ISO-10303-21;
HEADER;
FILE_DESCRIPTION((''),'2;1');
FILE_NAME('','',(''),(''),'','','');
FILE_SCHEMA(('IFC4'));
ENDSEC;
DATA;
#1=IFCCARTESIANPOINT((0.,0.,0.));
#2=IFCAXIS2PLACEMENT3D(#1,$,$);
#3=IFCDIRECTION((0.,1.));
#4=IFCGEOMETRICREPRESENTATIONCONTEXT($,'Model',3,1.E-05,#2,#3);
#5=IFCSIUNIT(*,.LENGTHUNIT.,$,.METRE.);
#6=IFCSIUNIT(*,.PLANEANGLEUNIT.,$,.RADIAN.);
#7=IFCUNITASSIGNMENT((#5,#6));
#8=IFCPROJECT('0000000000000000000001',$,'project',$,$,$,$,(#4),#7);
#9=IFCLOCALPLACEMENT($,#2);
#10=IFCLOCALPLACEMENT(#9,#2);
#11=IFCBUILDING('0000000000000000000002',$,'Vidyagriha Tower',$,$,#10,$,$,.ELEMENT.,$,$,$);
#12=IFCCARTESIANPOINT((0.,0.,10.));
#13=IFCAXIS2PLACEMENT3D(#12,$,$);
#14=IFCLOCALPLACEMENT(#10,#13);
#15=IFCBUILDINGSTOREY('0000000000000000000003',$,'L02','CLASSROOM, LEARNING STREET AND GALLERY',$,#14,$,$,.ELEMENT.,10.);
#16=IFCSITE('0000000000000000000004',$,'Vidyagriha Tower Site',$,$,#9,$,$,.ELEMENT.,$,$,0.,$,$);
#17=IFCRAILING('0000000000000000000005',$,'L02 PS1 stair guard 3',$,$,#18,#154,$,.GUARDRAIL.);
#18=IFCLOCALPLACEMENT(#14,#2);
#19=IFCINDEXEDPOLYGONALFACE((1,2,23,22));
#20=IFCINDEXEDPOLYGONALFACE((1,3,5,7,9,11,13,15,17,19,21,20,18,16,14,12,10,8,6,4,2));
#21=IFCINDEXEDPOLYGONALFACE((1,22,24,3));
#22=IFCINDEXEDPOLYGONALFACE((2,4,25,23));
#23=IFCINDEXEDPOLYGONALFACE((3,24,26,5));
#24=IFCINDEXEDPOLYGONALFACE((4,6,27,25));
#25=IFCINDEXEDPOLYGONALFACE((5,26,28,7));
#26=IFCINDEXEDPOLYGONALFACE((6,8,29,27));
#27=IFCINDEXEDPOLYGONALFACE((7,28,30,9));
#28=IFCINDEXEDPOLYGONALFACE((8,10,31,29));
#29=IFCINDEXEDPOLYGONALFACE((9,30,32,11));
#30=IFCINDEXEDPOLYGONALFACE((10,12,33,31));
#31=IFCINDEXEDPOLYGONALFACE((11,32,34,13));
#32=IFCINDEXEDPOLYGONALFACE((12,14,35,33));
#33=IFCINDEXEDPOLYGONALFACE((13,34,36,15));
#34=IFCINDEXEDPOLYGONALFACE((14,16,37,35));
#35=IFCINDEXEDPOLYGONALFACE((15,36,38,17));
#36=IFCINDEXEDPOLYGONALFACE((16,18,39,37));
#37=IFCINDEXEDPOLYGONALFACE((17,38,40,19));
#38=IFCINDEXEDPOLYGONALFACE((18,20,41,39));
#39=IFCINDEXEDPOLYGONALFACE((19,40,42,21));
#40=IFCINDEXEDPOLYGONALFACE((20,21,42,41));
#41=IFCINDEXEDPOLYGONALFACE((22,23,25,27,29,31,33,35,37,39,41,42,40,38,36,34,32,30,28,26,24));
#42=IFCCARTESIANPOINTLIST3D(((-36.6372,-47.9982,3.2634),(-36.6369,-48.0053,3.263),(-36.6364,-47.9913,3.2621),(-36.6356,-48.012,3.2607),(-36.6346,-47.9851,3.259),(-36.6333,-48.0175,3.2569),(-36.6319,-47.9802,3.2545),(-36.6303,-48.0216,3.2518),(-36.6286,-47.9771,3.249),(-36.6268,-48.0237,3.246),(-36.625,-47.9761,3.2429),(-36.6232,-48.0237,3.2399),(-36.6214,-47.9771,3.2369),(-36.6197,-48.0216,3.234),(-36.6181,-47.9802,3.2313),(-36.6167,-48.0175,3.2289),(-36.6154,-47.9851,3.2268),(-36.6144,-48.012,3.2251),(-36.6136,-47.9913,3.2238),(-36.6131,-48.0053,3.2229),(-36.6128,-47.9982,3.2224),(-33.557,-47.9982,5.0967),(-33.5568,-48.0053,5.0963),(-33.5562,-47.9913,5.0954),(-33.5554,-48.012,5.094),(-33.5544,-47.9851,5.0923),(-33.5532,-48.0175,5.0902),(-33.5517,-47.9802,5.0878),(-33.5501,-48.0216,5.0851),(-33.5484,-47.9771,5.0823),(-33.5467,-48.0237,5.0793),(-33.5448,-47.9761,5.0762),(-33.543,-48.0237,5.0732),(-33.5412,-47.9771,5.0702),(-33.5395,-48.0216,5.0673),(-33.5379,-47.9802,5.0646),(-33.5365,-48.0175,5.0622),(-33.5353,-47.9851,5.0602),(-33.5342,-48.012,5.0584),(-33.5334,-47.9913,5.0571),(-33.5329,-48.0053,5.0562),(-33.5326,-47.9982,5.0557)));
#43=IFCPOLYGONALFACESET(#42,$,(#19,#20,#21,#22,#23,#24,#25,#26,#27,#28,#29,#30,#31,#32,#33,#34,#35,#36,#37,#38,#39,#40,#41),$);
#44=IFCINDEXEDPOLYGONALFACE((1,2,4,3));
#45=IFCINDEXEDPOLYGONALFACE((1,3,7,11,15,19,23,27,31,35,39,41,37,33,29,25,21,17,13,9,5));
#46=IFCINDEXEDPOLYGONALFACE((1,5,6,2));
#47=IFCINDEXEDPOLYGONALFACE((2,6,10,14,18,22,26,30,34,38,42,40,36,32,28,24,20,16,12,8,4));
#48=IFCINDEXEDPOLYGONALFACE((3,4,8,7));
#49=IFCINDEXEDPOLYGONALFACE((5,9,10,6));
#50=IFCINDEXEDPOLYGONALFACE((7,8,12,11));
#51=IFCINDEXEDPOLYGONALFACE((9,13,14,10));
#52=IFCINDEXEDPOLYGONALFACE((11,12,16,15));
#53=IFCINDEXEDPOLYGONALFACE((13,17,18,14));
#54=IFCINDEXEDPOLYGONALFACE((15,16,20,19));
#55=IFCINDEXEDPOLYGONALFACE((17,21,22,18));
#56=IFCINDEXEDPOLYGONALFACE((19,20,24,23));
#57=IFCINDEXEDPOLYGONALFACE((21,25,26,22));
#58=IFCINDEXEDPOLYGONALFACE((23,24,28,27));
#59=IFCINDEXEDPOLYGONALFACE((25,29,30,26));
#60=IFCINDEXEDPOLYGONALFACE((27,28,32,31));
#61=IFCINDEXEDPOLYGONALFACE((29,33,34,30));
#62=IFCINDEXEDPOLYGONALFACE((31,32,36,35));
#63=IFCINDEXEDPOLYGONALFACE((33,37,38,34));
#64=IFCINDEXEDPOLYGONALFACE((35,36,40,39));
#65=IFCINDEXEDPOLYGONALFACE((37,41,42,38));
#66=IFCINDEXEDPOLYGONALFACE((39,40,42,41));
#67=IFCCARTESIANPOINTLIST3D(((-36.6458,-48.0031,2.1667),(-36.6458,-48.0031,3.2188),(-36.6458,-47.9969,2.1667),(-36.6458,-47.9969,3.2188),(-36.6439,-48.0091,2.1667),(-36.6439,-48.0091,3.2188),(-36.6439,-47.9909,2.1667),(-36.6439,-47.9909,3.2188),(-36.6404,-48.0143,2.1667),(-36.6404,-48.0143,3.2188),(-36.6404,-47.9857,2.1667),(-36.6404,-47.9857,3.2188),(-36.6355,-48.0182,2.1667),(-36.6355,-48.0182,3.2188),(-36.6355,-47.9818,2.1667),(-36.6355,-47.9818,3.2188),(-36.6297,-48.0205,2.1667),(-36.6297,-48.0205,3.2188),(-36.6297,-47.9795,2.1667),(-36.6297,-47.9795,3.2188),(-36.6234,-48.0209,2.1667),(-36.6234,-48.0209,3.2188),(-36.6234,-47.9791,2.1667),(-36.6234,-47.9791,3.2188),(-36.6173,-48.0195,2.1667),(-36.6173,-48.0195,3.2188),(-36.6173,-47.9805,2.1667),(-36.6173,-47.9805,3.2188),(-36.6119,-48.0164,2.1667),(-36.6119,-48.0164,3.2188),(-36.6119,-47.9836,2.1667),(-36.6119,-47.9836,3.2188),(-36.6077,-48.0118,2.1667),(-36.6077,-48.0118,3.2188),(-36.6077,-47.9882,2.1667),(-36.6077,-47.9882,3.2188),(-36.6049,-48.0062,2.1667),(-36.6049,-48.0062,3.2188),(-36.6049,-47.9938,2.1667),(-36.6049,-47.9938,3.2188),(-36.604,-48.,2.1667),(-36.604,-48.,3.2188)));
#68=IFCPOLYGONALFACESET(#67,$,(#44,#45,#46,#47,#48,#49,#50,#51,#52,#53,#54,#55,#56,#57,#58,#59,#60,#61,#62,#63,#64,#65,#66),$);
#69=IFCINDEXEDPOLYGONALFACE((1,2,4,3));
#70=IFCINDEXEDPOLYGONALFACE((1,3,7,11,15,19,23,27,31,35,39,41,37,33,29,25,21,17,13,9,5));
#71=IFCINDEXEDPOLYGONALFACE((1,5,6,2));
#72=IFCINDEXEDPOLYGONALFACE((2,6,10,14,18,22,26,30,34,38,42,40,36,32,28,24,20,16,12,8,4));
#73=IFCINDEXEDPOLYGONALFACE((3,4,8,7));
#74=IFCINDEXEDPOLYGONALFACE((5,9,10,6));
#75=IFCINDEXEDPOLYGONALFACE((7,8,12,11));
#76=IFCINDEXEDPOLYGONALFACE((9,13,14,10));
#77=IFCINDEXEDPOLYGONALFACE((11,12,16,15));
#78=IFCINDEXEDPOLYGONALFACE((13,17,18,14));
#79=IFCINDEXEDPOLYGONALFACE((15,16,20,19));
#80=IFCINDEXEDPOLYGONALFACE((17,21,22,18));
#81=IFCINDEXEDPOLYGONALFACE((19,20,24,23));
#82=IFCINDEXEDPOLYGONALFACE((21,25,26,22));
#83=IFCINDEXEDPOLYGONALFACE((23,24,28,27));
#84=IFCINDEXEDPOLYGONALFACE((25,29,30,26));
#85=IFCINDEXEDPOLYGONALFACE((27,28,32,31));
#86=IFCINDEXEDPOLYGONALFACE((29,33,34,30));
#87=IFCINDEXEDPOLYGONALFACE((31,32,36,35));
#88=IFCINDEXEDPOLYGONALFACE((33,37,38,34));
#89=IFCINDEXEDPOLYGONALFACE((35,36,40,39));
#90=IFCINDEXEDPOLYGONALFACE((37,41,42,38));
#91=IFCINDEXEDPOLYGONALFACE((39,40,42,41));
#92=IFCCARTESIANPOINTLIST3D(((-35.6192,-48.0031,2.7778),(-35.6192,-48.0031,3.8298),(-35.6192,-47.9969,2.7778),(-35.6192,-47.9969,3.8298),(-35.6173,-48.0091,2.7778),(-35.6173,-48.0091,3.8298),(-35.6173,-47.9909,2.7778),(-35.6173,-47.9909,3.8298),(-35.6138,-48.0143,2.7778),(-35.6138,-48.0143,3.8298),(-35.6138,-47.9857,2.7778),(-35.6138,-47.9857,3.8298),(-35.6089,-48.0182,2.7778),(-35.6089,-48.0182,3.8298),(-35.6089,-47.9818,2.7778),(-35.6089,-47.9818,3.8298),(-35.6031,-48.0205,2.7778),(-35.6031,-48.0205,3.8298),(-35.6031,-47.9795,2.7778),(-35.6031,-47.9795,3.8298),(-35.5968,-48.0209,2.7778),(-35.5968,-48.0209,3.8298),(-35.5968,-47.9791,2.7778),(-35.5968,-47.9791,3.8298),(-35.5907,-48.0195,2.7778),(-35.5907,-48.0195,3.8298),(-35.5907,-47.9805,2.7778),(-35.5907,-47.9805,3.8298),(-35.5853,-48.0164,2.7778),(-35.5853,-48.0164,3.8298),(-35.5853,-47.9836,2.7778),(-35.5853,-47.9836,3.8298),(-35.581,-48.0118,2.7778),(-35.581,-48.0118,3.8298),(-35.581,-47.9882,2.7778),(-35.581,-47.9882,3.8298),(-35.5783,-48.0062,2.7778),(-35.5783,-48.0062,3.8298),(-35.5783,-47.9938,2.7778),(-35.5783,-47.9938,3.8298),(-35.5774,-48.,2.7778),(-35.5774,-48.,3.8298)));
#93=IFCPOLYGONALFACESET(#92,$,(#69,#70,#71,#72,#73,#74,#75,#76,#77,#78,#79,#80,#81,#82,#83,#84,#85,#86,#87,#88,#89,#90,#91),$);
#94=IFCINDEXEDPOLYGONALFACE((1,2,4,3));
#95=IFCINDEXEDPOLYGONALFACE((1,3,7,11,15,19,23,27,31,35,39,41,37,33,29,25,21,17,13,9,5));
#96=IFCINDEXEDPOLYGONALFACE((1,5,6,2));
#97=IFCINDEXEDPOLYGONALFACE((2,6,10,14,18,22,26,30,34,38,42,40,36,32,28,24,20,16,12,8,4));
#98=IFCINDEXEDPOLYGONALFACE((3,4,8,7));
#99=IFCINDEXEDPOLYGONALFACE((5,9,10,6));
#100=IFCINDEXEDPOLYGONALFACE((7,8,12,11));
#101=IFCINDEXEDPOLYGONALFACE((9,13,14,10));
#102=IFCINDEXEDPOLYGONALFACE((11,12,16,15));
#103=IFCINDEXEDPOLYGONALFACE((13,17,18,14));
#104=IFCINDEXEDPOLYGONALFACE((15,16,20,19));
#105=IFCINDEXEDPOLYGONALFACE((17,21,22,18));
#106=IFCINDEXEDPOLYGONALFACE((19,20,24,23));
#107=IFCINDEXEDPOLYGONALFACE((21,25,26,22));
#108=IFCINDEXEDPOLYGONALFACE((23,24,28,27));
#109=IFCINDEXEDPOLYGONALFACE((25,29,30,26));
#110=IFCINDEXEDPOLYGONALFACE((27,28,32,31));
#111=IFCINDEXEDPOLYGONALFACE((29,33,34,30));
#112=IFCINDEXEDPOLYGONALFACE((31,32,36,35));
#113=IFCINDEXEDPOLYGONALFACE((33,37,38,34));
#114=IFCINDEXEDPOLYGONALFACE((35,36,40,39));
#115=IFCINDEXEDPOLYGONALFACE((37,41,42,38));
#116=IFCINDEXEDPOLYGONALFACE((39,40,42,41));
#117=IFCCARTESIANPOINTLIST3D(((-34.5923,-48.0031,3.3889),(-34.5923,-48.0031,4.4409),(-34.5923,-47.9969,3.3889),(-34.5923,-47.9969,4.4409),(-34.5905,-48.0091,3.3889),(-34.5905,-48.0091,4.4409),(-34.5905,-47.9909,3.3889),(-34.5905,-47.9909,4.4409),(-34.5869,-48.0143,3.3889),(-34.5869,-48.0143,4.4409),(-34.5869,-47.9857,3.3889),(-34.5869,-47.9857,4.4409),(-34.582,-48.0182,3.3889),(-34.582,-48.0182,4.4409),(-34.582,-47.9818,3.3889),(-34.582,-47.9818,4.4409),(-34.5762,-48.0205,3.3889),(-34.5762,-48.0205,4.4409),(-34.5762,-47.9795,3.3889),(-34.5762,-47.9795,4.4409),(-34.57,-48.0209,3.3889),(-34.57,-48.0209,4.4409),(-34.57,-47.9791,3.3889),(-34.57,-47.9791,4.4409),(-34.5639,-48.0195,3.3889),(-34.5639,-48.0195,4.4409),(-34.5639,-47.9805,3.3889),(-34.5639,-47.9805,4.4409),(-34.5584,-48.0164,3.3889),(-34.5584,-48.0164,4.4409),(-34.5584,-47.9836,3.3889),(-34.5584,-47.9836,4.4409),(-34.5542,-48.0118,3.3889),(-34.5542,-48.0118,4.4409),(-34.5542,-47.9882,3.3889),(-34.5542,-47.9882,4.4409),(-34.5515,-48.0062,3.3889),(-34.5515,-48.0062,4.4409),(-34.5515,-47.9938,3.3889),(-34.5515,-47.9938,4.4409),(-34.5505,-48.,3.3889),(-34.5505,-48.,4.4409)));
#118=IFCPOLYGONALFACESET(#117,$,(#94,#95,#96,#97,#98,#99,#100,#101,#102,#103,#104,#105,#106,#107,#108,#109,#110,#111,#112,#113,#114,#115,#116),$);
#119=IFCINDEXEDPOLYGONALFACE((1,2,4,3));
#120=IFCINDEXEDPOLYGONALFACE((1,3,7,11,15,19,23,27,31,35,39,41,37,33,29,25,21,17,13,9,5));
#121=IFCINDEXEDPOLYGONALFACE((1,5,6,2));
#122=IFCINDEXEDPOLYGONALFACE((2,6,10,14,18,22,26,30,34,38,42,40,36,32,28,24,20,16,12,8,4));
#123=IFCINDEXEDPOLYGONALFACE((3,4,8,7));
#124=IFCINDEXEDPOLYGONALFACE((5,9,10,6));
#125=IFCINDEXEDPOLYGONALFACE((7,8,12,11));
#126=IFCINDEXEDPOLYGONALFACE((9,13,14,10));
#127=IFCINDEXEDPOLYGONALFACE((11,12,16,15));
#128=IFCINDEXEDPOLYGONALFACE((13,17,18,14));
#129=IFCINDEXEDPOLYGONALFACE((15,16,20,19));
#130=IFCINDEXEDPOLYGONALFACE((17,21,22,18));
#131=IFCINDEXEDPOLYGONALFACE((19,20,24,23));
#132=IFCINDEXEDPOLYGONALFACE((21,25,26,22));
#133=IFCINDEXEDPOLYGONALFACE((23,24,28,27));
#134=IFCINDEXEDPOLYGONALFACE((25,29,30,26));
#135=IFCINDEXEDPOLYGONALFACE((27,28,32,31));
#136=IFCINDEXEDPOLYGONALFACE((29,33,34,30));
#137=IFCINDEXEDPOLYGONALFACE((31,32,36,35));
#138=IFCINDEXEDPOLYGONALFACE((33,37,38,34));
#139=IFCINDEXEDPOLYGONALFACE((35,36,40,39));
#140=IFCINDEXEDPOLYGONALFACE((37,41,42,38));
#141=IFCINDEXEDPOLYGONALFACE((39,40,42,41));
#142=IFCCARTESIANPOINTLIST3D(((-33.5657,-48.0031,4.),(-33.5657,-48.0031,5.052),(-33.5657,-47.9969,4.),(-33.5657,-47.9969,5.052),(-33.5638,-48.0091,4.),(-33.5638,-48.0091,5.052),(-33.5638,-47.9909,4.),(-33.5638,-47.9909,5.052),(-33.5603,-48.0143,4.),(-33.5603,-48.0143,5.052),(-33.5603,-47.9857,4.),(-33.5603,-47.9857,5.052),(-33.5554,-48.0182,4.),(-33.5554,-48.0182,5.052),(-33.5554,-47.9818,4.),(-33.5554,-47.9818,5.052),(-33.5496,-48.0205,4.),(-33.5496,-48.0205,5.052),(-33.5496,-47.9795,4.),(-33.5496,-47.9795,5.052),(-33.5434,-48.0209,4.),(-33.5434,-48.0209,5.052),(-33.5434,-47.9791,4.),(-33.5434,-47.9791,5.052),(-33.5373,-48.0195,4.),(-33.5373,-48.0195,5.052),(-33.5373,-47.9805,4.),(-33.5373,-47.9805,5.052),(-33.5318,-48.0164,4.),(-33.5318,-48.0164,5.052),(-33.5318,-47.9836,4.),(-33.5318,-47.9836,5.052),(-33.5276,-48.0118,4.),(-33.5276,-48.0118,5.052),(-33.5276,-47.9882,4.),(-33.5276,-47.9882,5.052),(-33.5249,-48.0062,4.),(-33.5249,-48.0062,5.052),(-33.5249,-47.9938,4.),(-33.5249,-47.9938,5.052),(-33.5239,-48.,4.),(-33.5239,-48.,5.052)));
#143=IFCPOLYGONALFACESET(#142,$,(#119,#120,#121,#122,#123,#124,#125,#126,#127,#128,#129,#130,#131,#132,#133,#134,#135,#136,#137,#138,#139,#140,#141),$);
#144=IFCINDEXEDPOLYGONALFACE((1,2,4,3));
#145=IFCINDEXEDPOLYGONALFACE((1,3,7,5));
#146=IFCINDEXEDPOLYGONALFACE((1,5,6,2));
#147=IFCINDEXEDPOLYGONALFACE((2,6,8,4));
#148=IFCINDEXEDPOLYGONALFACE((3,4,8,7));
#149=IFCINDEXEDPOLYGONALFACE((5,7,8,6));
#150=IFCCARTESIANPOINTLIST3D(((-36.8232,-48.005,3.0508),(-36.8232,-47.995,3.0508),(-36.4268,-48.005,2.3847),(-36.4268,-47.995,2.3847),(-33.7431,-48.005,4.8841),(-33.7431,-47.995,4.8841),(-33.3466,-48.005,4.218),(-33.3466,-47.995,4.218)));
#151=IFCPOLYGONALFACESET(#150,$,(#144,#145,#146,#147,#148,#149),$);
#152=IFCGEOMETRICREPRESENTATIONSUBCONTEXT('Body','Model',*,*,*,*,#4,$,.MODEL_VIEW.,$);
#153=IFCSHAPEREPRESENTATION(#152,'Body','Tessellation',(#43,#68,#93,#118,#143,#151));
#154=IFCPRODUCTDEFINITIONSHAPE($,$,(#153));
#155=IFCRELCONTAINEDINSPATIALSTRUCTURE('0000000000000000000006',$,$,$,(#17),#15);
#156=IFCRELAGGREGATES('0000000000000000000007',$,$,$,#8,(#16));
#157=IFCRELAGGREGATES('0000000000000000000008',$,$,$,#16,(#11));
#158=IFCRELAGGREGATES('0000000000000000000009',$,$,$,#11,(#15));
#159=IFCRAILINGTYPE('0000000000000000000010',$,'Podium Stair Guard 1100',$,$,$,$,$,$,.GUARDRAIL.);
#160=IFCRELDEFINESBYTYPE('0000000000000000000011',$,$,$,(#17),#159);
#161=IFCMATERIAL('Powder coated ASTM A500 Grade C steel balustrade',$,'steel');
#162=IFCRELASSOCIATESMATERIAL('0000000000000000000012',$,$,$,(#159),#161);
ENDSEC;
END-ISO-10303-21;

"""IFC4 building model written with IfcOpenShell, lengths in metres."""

from ifc_helpers import new_model, si_unit, direction, frame, origin, origin_2d, place, context, subcontext, project, spatial, rectangle, circle, extrude, material, type_object, element, save


model = new_model("IFC4")

# Units and contexts
model_context = context("Model", 3, precision=1e-05, world=origin(), true_north=direction((0.0, 1.0)))
body_context = subcontext(model_context, "Body", "Model", "MODEL_VIEW")
ifc_project = project(units=[si_unit("LENGTHUNIT", "METRE"), si_unit("PLANEANGLEUNIT", "RADIAN")], contexts=[model_context])

# Site, building, storey
site_placement = place(None, origin())
site = spatial("IfcSite", under=ifc_project, at=site_placement, Name="Vidyagriha Tower Site", CompositionType="ELEMENT", RefElevation=0.0)
building_placement = place(site_placement, origin())
building = spatial("IfcBuilding", under=site, at=building_placement, Name="Vidyagriha Tower", CompositionType="ELEMENT")
storey_placement = place(building_placement, frame((0.0, 0.0, 10.0)))
storey = spatial("IfcBuildingStorey", under=building, at=storey_placement, Name="L02", Description="CLASSROOM, LEARNING STREET AND GALLERY", CompositionType="ELEMENT", Elevation=10.0)

# Railing
ifc_material_1 = material(Name="Powder coated ASTM A500 Grade C steel balustrade", Category="steel")
railing_type_1 = type_object("IfcRailingType", Name="Podium Stair Guard 1100", PredefinedType="GUARDRAIL", material=ifc_material_1)
railing_1_placement = place(storey_placement, frame((-36.625, -48.0, 2.1667)))
element("IfcRailing", 1, at=railing_1_placement, inside=storey, type_object=railing_type_1, Name="L02 PS1 stair guard 3", PredefinedType="GUARDRAIL", context=body_context, shape_type="SweptSolid", body=[
    extrude(circle(Radius=0.0239, at=origin_2d()), frame((0.0, 0.0, 1.0762), z_axis=(0.859309, 0.0, 0.511458), x_axis=(0.0, 1.0, 0.0)), (0.0, 0.0, 1.0), 3.5845),
    extrude(circle(Radius=0.021, at=origin_2d()), origin(), (0.0, 0.0, 1.0), 1.052),
    extrude(circle(Radius=0.021, at=origin_2d()), frame((1.0266, 0.0, 0.6111)), (0.0, 0.0, 1.0), 1.052),
    extrude(circle(Radius=0.021, at=origin_2d()), frame((2.0535, 0.0, 1.2222)), (0.0, 0.0, 1.0), 1.052),
    extrude(circle(Radius=0.021, at=origin_2d()), frame((3.0801, 0.0, 1.8333)), (0.0, 0.0, 1.0), 1.052),
    extrude(rectangle(XDim=0.01, YDim=0.7751, at=origin_2d()), frame((0.0, 0.0, 0.551), z_axis=(0.859309, 0.0, 0.511458), x_axis=(0.0, 1.0, 0.0)), (0.0, 0.0, 1.0), 3.5845),
])

save(model, "model.ifc")
